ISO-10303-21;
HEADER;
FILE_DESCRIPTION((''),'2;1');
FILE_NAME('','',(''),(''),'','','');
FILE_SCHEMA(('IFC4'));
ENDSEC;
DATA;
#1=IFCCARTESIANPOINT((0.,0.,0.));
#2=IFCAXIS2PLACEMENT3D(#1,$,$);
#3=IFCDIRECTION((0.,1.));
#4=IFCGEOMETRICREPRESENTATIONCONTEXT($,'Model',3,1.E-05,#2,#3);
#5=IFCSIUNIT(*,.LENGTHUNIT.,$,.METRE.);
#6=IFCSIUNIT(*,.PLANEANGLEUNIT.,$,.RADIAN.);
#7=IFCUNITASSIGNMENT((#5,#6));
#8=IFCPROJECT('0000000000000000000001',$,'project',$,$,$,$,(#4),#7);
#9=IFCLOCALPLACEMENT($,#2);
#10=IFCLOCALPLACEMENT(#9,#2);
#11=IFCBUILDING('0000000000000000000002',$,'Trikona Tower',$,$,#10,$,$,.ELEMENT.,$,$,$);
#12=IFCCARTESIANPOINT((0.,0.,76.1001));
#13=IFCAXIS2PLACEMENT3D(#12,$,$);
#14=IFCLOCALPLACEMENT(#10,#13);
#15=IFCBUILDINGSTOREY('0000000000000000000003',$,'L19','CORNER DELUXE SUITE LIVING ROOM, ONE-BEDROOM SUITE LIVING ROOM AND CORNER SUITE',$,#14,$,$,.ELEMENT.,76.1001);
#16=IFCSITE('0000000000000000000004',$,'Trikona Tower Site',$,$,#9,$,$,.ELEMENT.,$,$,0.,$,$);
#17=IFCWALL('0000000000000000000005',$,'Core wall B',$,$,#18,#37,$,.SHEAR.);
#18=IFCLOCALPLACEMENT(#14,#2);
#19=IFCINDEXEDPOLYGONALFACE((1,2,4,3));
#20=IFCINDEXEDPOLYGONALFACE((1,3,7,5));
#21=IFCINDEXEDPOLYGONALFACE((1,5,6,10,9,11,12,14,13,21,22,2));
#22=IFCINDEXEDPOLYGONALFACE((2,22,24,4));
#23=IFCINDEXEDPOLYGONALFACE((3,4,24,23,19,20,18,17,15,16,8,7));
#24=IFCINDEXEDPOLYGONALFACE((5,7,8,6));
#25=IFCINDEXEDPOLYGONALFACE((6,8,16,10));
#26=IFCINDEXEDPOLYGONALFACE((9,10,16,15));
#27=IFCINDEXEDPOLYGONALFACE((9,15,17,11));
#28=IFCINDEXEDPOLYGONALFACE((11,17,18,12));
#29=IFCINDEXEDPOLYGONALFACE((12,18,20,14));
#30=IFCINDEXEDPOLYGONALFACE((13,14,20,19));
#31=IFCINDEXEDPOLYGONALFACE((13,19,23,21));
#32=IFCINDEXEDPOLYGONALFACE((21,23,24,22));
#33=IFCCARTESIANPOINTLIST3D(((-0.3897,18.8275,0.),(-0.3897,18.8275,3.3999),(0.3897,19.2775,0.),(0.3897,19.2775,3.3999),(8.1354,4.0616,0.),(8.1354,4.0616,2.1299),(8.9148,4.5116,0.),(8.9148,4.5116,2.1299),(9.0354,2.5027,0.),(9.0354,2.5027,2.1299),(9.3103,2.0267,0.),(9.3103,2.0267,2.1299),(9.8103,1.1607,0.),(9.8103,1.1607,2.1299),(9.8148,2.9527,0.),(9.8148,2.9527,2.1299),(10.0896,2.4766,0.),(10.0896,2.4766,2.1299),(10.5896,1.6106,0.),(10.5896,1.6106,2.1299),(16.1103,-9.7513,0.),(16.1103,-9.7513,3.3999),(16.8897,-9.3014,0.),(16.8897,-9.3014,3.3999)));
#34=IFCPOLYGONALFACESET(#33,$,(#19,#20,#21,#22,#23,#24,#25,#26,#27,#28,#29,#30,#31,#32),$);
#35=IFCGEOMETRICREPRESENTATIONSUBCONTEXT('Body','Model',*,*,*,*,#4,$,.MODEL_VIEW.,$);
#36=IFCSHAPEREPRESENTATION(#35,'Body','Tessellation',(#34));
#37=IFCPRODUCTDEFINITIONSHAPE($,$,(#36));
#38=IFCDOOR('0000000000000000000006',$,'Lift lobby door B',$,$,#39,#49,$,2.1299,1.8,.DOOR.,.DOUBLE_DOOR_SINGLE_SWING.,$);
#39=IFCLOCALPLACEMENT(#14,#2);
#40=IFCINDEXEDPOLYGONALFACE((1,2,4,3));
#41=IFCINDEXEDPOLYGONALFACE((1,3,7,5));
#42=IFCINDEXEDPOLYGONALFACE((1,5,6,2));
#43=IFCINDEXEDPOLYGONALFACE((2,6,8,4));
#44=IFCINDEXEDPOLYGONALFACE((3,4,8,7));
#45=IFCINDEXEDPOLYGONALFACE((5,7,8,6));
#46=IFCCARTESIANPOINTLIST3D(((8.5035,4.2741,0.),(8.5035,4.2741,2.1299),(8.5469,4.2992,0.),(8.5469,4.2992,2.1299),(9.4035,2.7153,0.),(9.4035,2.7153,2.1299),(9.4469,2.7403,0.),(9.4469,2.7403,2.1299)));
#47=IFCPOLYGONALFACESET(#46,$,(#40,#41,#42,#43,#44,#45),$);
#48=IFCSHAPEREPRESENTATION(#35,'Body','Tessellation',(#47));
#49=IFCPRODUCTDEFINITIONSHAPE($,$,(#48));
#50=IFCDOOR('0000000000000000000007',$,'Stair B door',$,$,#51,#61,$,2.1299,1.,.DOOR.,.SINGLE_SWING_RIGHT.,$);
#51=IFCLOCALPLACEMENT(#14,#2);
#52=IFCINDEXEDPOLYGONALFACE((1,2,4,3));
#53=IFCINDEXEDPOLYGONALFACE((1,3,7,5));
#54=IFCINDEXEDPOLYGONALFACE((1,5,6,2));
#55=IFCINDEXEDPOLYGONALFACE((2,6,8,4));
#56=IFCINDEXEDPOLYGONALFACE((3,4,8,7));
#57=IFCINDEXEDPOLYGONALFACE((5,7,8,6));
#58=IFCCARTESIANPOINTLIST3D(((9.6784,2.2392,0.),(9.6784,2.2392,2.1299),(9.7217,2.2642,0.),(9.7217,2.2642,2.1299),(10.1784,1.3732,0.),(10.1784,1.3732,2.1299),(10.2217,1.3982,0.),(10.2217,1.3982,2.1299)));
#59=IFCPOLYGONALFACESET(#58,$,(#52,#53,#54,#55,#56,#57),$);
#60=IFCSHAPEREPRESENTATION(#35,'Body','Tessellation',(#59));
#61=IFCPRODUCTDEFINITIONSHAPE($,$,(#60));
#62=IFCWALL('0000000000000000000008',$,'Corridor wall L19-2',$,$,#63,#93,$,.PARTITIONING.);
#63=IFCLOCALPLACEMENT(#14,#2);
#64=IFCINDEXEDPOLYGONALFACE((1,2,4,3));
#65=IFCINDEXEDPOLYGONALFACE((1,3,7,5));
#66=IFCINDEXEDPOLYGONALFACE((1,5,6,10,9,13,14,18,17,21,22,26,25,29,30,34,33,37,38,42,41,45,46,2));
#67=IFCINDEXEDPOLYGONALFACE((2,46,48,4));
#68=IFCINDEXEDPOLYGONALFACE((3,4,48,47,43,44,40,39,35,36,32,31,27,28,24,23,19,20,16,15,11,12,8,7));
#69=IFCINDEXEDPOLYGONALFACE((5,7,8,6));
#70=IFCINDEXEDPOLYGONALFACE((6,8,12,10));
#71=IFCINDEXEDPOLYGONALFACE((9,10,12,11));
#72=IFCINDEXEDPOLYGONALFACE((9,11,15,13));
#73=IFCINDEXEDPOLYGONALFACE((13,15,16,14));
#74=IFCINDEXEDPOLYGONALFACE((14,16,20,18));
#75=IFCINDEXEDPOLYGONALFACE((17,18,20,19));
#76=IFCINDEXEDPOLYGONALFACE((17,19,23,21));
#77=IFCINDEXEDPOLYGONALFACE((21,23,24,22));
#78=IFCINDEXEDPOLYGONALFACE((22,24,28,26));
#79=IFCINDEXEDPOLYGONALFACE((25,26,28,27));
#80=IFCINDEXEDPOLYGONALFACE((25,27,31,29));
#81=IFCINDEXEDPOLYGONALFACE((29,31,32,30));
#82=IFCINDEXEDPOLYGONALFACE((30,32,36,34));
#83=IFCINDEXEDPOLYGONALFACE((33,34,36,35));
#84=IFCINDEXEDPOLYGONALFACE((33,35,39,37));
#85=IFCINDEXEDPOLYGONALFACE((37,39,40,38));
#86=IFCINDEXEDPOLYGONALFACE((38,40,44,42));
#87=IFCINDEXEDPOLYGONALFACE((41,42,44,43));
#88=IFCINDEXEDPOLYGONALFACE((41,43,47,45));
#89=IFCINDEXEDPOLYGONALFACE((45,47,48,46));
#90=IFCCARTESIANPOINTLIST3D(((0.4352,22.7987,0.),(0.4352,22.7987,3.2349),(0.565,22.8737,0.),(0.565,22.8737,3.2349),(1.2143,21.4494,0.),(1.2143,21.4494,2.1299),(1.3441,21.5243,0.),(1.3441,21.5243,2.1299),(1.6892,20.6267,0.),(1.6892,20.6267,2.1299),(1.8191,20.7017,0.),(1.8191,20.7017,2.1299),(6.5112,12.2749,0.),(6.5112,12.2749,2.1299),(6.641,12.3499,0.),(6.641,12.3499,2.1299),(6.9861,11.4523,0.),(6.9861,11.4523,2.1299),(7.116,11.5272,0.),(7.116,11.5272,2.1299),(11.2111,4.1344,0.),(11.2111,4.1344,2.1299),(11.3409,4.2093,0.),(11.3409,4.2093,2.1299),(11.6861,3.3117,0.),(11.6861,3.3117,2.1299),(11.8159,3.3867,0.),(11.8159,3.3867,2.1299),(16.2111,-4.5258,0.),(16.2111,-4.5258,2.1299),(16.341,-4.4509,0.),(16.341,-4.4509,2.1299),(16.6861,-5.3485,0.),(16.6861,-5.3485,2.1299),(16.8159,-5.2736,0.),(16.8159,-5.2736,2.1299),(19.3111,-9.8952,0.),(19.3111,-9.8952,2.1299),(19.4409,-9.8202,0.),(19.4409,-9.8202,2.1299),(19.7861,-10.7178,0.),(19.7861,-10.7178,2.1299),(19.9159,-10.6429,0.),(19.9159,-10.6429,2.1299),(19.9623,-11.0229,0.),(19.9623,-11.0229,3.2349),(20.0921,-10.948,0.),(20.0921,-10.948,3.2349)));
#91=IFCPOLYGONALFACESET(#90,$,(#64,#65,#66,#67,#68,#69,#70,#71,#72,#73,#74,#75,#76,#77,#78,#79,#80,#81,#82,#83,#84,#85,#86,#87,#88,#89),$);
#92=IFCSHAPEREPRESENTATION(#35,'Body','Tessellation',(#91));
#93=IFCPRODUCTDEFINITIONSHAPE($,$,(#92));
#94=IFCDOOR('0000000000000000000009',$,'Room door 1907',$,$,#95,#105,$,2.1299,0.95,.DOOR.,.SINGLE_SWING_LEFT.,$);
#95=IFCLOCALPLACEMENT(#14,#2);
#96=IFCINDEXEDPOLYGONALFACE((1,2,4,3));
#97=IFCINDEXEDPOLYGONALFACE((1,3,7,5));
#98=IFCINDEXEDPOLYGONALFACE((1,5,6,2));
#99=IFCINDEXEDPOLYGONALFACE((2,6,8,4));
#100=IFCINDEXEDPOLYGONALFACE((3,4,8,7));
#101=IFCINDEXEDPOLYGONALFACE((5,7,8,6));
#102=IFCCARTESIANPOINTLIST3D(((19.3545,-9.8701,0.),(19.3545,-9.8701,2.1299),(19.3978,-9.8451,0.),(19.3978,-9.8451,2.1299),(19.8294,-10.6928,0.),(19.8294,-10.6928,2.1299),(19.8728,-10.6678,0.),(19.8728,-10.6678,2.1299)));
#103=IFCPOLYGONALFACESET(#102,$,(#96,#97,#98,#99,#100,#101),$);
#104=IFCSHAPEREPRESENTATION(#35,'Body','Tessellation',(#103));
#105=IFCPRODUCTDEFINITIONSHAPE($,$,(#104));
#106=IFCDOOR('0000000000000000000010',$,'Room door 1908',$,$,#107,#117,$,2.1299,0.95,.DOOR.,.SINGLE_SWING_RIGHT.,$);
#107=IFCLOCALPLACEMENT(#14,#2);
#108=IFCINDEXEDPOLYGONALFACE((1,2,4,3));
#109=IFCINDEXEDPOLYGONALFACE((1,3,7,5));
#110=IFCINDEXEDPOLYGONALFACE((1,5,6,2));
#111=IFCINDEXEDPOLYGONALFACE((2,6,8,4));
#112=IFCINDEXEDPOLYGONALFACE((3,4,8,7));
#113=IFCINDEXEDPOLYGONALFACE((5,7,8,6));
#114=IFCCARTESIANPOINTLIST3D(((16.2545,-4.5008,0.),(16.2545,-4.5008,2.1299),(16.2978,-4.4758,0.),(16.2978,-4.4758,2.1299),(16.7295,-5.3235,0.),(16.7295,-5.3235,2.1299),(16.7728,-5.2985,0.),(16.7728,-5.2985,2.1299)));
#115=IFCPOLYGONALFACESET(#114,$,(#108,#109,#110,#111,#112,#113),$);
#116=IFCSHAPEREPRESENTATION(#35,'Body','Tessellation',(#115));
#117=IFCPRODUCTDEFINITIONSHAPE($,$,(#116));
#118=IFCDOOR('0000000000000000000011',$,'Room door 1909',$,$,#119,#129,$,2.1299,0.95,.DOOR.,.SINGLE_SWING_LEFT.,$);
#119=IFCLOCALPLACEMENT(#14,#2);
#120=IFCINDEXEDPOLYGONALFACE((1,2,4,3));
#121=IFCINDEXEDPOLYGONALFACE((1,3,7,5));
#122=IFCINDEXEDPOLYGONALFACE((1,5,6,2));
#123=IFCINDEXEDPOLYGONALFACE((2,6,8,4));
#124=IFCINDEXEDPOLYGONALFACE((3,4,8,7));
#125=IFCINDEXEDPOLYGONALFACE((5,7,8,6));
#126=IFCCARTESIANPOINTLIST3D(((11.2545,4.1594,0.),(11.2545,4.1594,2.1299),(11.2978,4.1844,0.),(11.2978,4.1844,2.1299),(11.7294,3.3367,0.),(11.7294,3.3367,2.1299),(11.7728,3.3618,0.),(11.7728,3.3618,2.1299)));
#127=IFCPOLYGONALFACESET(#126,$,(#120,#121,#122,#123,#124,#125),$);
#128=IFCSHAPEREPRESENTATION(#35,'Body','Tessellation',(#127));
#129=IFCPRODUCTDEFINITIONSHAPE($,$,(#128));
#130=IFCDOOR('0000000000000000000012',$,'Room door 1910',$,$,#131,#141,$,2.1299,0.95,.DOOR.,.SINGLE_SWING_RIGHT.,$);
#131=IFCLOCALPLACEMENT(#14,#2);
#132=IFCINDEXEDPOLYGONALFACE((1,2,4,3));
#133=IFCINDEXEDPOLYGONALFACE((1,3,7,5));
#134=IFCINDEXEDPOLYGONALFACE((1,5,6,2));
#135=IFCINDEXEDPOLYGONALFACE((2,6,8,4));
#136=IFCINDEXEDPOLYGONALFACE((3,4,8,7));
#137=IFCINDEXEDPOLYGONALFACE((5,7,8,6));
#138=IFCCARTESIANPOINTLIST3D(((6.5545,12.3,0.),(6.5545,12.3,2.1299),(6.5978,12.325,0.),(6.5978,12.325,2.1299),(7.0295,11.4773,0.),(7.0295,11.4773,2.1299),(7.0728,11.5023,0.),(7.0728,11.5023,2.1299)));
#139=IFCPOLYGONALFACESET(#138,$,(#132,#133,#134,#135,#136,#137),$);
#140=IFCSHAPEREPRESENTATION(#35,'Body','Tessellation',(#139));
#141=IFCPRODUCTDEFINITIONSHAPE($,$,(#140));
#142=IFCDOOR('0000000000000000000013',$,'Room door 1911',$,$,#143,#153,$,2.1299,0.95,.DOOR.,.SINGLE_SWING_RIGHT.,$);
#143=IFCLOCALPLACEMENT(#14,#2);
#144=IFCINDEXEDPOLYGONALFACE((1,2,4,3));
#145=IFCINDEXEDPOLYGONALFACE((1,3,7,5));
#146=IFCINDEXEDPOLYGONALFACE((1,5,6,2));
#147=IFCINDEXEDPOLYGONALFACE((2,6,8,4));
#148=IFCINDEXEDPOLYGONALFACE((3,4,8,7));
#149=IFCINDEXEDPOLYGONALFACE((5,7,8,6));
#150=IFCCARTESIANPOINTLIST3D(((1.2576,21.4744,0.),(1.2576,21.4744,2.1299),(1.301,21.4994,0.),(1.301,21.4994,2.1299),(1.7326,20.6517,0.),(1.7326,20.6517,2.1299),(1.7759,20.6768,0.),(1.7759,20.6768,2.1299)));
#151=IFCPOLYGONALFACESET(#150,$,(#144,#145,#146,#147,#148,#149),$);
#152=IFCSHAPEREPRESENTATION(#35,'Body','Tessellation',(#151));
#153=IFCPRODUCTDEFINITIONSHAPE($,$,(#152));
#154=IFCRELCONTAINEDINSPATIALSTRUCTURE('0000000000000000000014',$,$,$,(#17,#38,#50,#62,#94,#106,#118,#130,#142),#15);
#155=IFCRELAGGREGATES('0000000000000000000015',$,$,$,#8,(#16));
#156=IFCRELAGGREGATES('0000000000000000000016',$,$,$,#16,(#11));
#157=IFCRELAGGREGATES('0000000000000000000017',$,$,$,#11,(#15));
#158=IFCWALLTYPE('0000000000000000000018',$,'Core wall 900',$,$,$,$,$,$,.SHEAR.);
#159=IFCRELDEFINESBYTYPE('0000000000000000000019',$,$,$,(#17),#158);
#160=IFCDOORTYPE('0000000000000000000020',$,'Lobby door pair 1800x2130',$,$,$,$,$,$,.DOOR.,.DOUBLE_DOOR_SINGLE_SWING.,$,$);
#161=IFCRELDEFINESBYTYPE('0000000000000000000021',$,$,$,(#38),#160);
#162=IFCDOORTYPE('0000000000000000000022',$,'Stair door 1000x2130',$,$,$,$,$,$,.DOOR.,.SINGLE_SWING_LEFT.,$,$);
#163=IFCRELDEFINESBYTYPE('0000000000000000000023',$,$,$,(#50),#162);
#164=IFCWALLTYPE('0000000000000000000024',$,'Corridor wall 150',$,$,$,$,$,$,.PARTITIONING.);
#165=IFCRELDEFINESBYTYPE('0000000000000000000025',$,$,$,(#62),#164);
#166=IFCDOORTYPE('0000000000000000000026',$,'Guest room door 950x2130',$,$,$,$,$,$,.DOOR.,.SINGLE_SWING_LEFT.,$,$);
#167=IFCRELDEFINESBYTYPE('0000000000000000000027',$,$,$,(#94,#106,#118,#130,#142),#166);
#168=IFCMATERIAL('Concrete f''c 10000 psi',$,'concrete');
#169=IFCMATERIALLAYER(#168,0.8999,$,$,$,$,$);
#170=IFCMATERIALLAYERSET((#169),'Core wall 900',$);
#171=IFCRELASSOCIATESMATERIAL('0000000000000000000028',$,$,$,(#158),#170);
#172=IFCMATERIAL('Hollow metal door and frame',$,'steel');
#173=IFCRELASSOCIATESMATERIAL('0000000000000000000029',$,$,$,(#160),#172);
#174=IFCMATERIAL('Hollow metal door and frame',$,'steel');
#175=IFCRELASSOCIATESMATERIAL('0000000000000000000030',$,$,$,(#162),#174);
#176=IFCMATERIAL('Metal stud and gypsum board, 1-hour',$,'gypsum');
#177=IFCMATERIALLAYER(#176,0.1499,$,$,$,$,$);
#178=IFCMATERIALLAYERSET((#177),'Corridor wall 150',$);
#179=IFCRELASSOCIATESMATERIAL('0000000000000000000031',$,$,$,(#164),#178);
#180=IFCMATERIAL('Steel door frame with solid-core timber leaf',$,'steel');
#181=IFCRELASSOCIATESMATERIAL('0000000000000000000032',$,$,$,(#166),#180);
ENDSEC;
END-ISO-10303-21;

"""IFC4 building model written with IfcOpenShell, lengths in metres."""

from ifc_helpers import new_model, si_unit, direction, frame, frame_2d, origin, place, context, subcontext, project, spatial, rectangle, extrude, material, layer, layer_set, type_object, element, fill, save


model = new_model("IFC4")

# Units and contexts
model_context = context("Model", 3, precision=1e-05, world=origin(), true_north=direction((0.0, 1.0)))
body_context = subcontext(model_context, "Body", "Model", "MODEL_VIEW")
ifc_project = project(units=[si_unit("LENGTHUNIT", "METRE"), si_unit("PLANEANGLEUNIT", "RADIAN")], contexts=[model_context])

# Site, building, storey
site_placement = place(None, origin())
site = spatial("IfcSite", under=ifc_project, at=site_placement, Name="Trikona Tower Site", CompositionType="ELEMENT", RefElevation=0.0)
building_placement = place(site_placement, origin())
building = spatial("IfcBuilding", under=site, at=building_placement, Name="Trikona Tower", CompositionType="ELEMENT")
storey_placement = place(building_placement, frame((0.0, 0.0, 76.1001)))
storey = spatial("IfcBuildingStorey", under=building, at=storey_placement, Name="L19", Description="CORNER DELUXE SUITE LIVING ROOM, ONE-BEDROOM SUITE LIVING ROOM AND CORNER SUITE", CompositionType="ELEMENT", Elevation=76.1001)

# Walls, openings, doors
ifc_material_1 = material(Name="Concrete f'c 10000 psi", Category="concrete")
ifc_layer_1 = layer(ifc_material_1, 0.8999)
ifc_layer_set_1 = layer_set([ifc_layer_1], Name="Core wall 900")
wall_type_1 = type_object("IfcWallType", Name="Core wall 900", PredefinedType="SHEAR", material=ifc_layer_set_1)
wall_1_placement = place(storey_placement, frame((16.5, -9.5264, 0.0), z_axis=(0.0, 0.0, 1.0), x_axis=(-0.5, 0.866026, 0.0)))
wall_1 = element("IfcWall", 1, at=wall_1_placement, inside=storey, type_object=wall_type_1, Name="Core wall B", PredefinedType="SHEAR", context=body_context, shape_type="SweptSolid", body=[
    extrude(rectangle(XDim=33.0, YDim=0.8999, at=frame_2d((16.5, 0.0))), origin(), (0.0, 0.0, 1.0), 3.3999),
])
opening_1_placement = place(wall_1_placement, frame((14.1499, 0.0, 0.0)))
opening_1 = element("IfcOpeningElement", 2, at=opening_1_placement, cuts=wall_1, PredefinedType="OPENING", context=body_context, shape_type="SweptSolid", body=[
    extrude(rectangle(XDim=1.8, YDim=2.1299, at=frame_2d((0.8999, 1.0649))), frame((0.0, 0.46, 0.0), z_axis=(0.0, -1.0, 0.0), x_axis=(1.0, 0.0, 0.0)), (0.0, 0.0, 1.0), 0.9199),
])
opening_2_placement = place(wall_1_placement, frame((12.6001, 0.0, 0.0)))
opening_2 = element("IfcOpeningElement", 3, at=opening_2_placement, cuts=wall_1, PredefinedType="OPENING", context=body_context, shape_type="SweptSolid", body=[
    extrude(rectangle(XDim=1.0, YDim=2.1299, at=frame_2d((0.5, 1.0649))), frame((0.0, 0.46, 0.0), z_axis=(0.0, -1.0, 0.0), x_axis=(1.0, 0.0, 0.0)), (0.0, 0.0, 1.0), 0.9199),
])
ifc_material_2 = material(Name="Hollow metal door and frame", Category="steel")
door_type_1 = type_object("IfcDoorType", Name="Lobby door pair 1800x2130", OperationType="DOUBLE_DOOR_SINGLE_SWING", PredefinedType="DOOR", material=ifc_material_2)
door_1_placement = place(opening_1_placement, origin())
door_1 = element("IfcDoor", 4, at=door_1_placement, inside=storey, type_object=door_type_1, Name="Lift lobby door B", OperationType="DOUBLE_DOOR_SINGLE_SWING", OverallHeight=2.1299, OverallWidth=1.8, PredefinedType="DOOR", context=body_context, shape_type="SweptSolid", body=[
    extrude(rectangle(XDim=1.8, YDim=2.1299, at=frame_2d((0.8999, 1.0649))), frame((0.0, 0.0249, 0.0), z_axis=(0.0, -1.0, 0.0), x_axis=(1.0, 0.0, 0.0)), (0.0, 0.0, 1.0), 0.05),
])
fill(opening_1, door_1)
ifc_material_3 = material(Name="Hollow metal door and frame", Category="steel")
door_type_2 = type_object("IfcDoorType", Name="Stair door 1000x2130", OperationType="SINGLE_SWING_LEFT", PredefinedType="DOOR", material=ifc_material_3)
door_2_placement = place(opening_2_placement, origin())
door_2 = element("IfcDoor", 5, at=door_2_placement, inside=storey, type_object=door_type_2, Name="Stair B door", OperationType="SINGLE_SWING_RIGHT", OverallHeight=2.1299, OverallWidth=1.0, PredefinedType="DOOR", context=body_context, shape_type="SweptSolid", body=[
    extrude(rectangle(XDim=1.0, YDim=2.1299, at=frame_2d((0.5, 1.0649))), frame((0.0, 0.0249, 0.0), z_axis=(0.0, -1.0, 0.0), x_axis=(1.0, 0.0, 0.0)), (0.0, 0.0, 1.0), 0.05),
])
fill(opening_2, door_2)
ifc_material_4 = material(Name="Metal stud and gypsum board, 1-hour", Category="gypsum")
ifc_layer_2 = layer(ifc_material_4, 0.1499)
ifc_layer_set_2 = layer_set([ifc_layer_2], Name="Corridor wall 150")
wall_type_2 = type_object("IfcWallType", Name="Corridor wall 150", PredefinedType="PARTITIONING", material=ifc_layer_set_2)
wall_2_placement = place(storey_placement, frame((20.0271, -10.9854, 0.0), z_axis=(0.0, 0.0, 1.0), x_axis=(-0.500002, 0.866024, 0.0)))
wall_2 = element("IfcWall", 6, at=wall_2_placement, inside=storey, type_object=wall_type_2, Name="Corridor wall L19-2", PredefinedType="PARTITIONING", context=body_context, shape_type="SweptSolid", body=[
    extrude(rectangle(XDim=39.054, YDim=0.1499, at=frame_2d((19.5269, 0.0))), origin(), (0.0, 0.0, 1.0), 3.2349),
])
opening_3_placement = place(wall_2_placement, frame((0.3521, 0.0, 0.0)))
opening_3 = element("IfcOpeningElement", 7, at=opening_3_placement, cuts=wall_2, PredefinedType="OPENING", context=body_context, shape_type="SweptSolid", body=[
    extrude(rectangle(XDim=0.95, YDim=2.1299, at=frame_2d((0.4751, 1.0649))), frame((0.0, 0.085, 0.0), z_axis=(0.0, -1.0, 0.0), x_axis=(1.0, 0.0, 0.0)), (0.0, 0.0, 1.0), 0.1699),
])
opening_4_placement = place(wall_2_placement, frame((6.552, 0.0, 0.0)))
opening_4 = element("IfcOpeningElement", 8, at=opening_4_placement, cuts=wall_2, PredefinedType="OPENING", context=body_context, shape_type="SweptSolid", body=[
    extrude(rectangle(XDim=0.95, YDim=2.1299, at=frame_2d((0.4751, 1.0649))), frame((0.0, 0.085, 0.0), z_axis=(0.0, -1.0, 0.0), x_axis=(1.0, 0.0, 0.0)), (0.0, 0.0, 1.0), 0.1699),
])
opening_5_placement = place(wall_2_placement, frame((16.552, 0.0, 0.0)))
opening_5 = element("IfcOpeningElement", 9, at=opening_5_placement, cuts=wall_2, PredefinedType="OPENING", context=body_context, shape_type="SweptSolid", body=[
    extrude(rectangle(XDim=0.95, YDim=2.1299, at=frame_2d((0.4751, 1.0649))), frame((0.0, 0.085, 0.0), z_axis=(0.0, -1.0, 0.0), x_axis=(1.0, 0.0, 0.0)), (0.0, 0.0, 1.0), 0.1699),
])
opening_6_placement = place(wall_2_placement, frame((25.9519, 0.0, 0.0)))
opening_6 = element("IfcOpeningElement", 10, at=opening_6_placement, cuts=wall_2, PredefinedType="OPENING", context=body_context, shape_type="SweptSolid", body=[
    extrude(rectangle(XDim=0.95, YDim=2.1299, at=frame_2d((0.4751, 1.0649))), frame((0.0, 0.085, 0.0), z_axis=(0.0, -1.0, 0.0), x_axis=(1.0, 0.0, 0.0)), (0.0, 0.0, 1.0), 0.1699),
])
opening_7_placement = place(wall_2_placement, frame((36.5457, 0.0, 0.0)))
opening_7 = element("IfcOpeningElement", 11, at=opening_7_placement, cuts=wall_2, PredefinedType="OPENING", context=body_context, shape_type="SweptSolid", body=[
    extrude(rectangle(XDim=0.95, YDim=2.1299, at=frame_2d((0.4751, 1.0649))), frame((0.0, 0.085, 0.0), z_axis=(0.0, -1.0, 0.0), x_axis=(1.0, 0.0, 0.0)), (0.0, 0.0, 1.0), 0.1699),
])
ifc_material_5 = material(Name="Steel door frame with solid-core timber leaf", Category="steel")
door_type_3 = type_object("IfcDoorType", Name="Guest room door 950x2130", OperationType="SINGLE_SWING_LEFT", PredefinedType="DOOR", material=ifc_material_5)
door_3_placement = place(opening_3_placement, origin())
door_3 = element("IfcDoor", 12, at=door_3_placement, inside=storey, type_object=door_type_3, Name="Room door 1907", OperationType="SINGLE_SWING_LEFT", OverallHeight=2.1299, OverallWidth=0.95, PredefinedType="DOOR", context=body_context, shape_type="SweptSolid", body=[
    extrude(rectangle(XDim=0.95, YDim=2.1299, at=frame_2d((0.4751, 1.0649))), frame((0.0, 0.0249, 0.0), z_axis=(0.0, -1.0, 0.0), x_axis=(1.0, 0.0, 0.0)), (0.0, 0.0, 1.0), 0.05),
])
fill(opening_3, door_3)
door_4_placement = place(opening_4_placement, origin())
door_4 = element("IfcDoor", 13, at=door_4_placement, inside=storey, type_object=door_type_3, Name="Room door 1908", OperationType="SINGLE_SWING_RIGHT", OverallHeight=2.1299, OverallWidth=0.95, PredefinedType="DOOR", context=body_context, shape_type="SweptSolid", body=[
    extrude(rectangle(XDim=0.95, YDim=2.1299, at=frame_2d((0.4751, 1.0649))), frame((0.0, 0.0249, 0.0), z_axis=(0.0, -1.0, 0.0), x_axis=(1.0, 0.0, 0.0)), (0.0, 0.0, 1.0), 0.05),
])
fill(opening_4, door_4)
door_5_placement = place(opening_5_placement, origin())
door_5 = element("IfcDoor", 14, at=door_5_placement, inside=storey, type_object=door_type_3, Name="Room door 1909", OperationType="SINGLE_SWING_LEFT", OverallHeight=2.1299, OverallWidth=0.95, PredefinedType="DOOR", context=body_context, shape_type="SweptSolid", body=[
    extrude(rectangle(XDim=0.95, YDim=2.1299, at=frame_2d((0.4751, 1.0649))), frame((0.0, 0.0249, 0.0), z_axis=(0.0, -1.0, 0.0), x_axis=(1.0, 0.0, 0.0)), (0.0, 0.0, 1.0), 0.05),
])
fill(opening_5, door_5)
door_6_placement = place(opening_6_placement, origin())
door_6 = element("IfcDoor", 15, at=door_6_placement, inside=storey, type_object=door_type_3, Name="Room door 1910", OperationType="SINGLE_SWING_RIGHT", OverallHeight=2.1299, OverallWidth=0.95, PredefinedType="DOOR", context=body_context, shape_type="SweptSolid", body=[
    extrude(rectangle(XDim=0.95, YDim=2.1299, at=frame_2d((0.4751, 1.0649))), frame((0.0, 0.0249, 0.0), z_axis=(0.0, -1.0, 0.0), x_axis=(1.0, 0.0, 0.0)), (0.0, 0.0, 1.0), 0.05),
])
fill(opening_6, door_6)
door_7_placement = place(opening_7_placement, origin())
door_7 = element("IfcDoor", 16, at=door_7_placement, inside=storey, type_object=door_type_3, Name="Room door 1911", OperationType="SINGLE_SWING_RIGHT", OverallHeight=2.1299, OverallWidth=0.95, PredefinedType="DOOR", context=body_context, shape_type="SweptSolid", body=[
    extrude(rectangle(XDim=0.95, YDim=2.1299, at=frame_2d((0.4751, 1.0649))), frame((0.0, 0.0249, 0.0), z_axis=(0.0, -1.0, 0.0), x_axis=(1.0, 0.0, 0.0)), (0.0, 0.0, 1.0), 0.05),
])
fill(opening_7, door_7)

save(model, "model.ifc")
